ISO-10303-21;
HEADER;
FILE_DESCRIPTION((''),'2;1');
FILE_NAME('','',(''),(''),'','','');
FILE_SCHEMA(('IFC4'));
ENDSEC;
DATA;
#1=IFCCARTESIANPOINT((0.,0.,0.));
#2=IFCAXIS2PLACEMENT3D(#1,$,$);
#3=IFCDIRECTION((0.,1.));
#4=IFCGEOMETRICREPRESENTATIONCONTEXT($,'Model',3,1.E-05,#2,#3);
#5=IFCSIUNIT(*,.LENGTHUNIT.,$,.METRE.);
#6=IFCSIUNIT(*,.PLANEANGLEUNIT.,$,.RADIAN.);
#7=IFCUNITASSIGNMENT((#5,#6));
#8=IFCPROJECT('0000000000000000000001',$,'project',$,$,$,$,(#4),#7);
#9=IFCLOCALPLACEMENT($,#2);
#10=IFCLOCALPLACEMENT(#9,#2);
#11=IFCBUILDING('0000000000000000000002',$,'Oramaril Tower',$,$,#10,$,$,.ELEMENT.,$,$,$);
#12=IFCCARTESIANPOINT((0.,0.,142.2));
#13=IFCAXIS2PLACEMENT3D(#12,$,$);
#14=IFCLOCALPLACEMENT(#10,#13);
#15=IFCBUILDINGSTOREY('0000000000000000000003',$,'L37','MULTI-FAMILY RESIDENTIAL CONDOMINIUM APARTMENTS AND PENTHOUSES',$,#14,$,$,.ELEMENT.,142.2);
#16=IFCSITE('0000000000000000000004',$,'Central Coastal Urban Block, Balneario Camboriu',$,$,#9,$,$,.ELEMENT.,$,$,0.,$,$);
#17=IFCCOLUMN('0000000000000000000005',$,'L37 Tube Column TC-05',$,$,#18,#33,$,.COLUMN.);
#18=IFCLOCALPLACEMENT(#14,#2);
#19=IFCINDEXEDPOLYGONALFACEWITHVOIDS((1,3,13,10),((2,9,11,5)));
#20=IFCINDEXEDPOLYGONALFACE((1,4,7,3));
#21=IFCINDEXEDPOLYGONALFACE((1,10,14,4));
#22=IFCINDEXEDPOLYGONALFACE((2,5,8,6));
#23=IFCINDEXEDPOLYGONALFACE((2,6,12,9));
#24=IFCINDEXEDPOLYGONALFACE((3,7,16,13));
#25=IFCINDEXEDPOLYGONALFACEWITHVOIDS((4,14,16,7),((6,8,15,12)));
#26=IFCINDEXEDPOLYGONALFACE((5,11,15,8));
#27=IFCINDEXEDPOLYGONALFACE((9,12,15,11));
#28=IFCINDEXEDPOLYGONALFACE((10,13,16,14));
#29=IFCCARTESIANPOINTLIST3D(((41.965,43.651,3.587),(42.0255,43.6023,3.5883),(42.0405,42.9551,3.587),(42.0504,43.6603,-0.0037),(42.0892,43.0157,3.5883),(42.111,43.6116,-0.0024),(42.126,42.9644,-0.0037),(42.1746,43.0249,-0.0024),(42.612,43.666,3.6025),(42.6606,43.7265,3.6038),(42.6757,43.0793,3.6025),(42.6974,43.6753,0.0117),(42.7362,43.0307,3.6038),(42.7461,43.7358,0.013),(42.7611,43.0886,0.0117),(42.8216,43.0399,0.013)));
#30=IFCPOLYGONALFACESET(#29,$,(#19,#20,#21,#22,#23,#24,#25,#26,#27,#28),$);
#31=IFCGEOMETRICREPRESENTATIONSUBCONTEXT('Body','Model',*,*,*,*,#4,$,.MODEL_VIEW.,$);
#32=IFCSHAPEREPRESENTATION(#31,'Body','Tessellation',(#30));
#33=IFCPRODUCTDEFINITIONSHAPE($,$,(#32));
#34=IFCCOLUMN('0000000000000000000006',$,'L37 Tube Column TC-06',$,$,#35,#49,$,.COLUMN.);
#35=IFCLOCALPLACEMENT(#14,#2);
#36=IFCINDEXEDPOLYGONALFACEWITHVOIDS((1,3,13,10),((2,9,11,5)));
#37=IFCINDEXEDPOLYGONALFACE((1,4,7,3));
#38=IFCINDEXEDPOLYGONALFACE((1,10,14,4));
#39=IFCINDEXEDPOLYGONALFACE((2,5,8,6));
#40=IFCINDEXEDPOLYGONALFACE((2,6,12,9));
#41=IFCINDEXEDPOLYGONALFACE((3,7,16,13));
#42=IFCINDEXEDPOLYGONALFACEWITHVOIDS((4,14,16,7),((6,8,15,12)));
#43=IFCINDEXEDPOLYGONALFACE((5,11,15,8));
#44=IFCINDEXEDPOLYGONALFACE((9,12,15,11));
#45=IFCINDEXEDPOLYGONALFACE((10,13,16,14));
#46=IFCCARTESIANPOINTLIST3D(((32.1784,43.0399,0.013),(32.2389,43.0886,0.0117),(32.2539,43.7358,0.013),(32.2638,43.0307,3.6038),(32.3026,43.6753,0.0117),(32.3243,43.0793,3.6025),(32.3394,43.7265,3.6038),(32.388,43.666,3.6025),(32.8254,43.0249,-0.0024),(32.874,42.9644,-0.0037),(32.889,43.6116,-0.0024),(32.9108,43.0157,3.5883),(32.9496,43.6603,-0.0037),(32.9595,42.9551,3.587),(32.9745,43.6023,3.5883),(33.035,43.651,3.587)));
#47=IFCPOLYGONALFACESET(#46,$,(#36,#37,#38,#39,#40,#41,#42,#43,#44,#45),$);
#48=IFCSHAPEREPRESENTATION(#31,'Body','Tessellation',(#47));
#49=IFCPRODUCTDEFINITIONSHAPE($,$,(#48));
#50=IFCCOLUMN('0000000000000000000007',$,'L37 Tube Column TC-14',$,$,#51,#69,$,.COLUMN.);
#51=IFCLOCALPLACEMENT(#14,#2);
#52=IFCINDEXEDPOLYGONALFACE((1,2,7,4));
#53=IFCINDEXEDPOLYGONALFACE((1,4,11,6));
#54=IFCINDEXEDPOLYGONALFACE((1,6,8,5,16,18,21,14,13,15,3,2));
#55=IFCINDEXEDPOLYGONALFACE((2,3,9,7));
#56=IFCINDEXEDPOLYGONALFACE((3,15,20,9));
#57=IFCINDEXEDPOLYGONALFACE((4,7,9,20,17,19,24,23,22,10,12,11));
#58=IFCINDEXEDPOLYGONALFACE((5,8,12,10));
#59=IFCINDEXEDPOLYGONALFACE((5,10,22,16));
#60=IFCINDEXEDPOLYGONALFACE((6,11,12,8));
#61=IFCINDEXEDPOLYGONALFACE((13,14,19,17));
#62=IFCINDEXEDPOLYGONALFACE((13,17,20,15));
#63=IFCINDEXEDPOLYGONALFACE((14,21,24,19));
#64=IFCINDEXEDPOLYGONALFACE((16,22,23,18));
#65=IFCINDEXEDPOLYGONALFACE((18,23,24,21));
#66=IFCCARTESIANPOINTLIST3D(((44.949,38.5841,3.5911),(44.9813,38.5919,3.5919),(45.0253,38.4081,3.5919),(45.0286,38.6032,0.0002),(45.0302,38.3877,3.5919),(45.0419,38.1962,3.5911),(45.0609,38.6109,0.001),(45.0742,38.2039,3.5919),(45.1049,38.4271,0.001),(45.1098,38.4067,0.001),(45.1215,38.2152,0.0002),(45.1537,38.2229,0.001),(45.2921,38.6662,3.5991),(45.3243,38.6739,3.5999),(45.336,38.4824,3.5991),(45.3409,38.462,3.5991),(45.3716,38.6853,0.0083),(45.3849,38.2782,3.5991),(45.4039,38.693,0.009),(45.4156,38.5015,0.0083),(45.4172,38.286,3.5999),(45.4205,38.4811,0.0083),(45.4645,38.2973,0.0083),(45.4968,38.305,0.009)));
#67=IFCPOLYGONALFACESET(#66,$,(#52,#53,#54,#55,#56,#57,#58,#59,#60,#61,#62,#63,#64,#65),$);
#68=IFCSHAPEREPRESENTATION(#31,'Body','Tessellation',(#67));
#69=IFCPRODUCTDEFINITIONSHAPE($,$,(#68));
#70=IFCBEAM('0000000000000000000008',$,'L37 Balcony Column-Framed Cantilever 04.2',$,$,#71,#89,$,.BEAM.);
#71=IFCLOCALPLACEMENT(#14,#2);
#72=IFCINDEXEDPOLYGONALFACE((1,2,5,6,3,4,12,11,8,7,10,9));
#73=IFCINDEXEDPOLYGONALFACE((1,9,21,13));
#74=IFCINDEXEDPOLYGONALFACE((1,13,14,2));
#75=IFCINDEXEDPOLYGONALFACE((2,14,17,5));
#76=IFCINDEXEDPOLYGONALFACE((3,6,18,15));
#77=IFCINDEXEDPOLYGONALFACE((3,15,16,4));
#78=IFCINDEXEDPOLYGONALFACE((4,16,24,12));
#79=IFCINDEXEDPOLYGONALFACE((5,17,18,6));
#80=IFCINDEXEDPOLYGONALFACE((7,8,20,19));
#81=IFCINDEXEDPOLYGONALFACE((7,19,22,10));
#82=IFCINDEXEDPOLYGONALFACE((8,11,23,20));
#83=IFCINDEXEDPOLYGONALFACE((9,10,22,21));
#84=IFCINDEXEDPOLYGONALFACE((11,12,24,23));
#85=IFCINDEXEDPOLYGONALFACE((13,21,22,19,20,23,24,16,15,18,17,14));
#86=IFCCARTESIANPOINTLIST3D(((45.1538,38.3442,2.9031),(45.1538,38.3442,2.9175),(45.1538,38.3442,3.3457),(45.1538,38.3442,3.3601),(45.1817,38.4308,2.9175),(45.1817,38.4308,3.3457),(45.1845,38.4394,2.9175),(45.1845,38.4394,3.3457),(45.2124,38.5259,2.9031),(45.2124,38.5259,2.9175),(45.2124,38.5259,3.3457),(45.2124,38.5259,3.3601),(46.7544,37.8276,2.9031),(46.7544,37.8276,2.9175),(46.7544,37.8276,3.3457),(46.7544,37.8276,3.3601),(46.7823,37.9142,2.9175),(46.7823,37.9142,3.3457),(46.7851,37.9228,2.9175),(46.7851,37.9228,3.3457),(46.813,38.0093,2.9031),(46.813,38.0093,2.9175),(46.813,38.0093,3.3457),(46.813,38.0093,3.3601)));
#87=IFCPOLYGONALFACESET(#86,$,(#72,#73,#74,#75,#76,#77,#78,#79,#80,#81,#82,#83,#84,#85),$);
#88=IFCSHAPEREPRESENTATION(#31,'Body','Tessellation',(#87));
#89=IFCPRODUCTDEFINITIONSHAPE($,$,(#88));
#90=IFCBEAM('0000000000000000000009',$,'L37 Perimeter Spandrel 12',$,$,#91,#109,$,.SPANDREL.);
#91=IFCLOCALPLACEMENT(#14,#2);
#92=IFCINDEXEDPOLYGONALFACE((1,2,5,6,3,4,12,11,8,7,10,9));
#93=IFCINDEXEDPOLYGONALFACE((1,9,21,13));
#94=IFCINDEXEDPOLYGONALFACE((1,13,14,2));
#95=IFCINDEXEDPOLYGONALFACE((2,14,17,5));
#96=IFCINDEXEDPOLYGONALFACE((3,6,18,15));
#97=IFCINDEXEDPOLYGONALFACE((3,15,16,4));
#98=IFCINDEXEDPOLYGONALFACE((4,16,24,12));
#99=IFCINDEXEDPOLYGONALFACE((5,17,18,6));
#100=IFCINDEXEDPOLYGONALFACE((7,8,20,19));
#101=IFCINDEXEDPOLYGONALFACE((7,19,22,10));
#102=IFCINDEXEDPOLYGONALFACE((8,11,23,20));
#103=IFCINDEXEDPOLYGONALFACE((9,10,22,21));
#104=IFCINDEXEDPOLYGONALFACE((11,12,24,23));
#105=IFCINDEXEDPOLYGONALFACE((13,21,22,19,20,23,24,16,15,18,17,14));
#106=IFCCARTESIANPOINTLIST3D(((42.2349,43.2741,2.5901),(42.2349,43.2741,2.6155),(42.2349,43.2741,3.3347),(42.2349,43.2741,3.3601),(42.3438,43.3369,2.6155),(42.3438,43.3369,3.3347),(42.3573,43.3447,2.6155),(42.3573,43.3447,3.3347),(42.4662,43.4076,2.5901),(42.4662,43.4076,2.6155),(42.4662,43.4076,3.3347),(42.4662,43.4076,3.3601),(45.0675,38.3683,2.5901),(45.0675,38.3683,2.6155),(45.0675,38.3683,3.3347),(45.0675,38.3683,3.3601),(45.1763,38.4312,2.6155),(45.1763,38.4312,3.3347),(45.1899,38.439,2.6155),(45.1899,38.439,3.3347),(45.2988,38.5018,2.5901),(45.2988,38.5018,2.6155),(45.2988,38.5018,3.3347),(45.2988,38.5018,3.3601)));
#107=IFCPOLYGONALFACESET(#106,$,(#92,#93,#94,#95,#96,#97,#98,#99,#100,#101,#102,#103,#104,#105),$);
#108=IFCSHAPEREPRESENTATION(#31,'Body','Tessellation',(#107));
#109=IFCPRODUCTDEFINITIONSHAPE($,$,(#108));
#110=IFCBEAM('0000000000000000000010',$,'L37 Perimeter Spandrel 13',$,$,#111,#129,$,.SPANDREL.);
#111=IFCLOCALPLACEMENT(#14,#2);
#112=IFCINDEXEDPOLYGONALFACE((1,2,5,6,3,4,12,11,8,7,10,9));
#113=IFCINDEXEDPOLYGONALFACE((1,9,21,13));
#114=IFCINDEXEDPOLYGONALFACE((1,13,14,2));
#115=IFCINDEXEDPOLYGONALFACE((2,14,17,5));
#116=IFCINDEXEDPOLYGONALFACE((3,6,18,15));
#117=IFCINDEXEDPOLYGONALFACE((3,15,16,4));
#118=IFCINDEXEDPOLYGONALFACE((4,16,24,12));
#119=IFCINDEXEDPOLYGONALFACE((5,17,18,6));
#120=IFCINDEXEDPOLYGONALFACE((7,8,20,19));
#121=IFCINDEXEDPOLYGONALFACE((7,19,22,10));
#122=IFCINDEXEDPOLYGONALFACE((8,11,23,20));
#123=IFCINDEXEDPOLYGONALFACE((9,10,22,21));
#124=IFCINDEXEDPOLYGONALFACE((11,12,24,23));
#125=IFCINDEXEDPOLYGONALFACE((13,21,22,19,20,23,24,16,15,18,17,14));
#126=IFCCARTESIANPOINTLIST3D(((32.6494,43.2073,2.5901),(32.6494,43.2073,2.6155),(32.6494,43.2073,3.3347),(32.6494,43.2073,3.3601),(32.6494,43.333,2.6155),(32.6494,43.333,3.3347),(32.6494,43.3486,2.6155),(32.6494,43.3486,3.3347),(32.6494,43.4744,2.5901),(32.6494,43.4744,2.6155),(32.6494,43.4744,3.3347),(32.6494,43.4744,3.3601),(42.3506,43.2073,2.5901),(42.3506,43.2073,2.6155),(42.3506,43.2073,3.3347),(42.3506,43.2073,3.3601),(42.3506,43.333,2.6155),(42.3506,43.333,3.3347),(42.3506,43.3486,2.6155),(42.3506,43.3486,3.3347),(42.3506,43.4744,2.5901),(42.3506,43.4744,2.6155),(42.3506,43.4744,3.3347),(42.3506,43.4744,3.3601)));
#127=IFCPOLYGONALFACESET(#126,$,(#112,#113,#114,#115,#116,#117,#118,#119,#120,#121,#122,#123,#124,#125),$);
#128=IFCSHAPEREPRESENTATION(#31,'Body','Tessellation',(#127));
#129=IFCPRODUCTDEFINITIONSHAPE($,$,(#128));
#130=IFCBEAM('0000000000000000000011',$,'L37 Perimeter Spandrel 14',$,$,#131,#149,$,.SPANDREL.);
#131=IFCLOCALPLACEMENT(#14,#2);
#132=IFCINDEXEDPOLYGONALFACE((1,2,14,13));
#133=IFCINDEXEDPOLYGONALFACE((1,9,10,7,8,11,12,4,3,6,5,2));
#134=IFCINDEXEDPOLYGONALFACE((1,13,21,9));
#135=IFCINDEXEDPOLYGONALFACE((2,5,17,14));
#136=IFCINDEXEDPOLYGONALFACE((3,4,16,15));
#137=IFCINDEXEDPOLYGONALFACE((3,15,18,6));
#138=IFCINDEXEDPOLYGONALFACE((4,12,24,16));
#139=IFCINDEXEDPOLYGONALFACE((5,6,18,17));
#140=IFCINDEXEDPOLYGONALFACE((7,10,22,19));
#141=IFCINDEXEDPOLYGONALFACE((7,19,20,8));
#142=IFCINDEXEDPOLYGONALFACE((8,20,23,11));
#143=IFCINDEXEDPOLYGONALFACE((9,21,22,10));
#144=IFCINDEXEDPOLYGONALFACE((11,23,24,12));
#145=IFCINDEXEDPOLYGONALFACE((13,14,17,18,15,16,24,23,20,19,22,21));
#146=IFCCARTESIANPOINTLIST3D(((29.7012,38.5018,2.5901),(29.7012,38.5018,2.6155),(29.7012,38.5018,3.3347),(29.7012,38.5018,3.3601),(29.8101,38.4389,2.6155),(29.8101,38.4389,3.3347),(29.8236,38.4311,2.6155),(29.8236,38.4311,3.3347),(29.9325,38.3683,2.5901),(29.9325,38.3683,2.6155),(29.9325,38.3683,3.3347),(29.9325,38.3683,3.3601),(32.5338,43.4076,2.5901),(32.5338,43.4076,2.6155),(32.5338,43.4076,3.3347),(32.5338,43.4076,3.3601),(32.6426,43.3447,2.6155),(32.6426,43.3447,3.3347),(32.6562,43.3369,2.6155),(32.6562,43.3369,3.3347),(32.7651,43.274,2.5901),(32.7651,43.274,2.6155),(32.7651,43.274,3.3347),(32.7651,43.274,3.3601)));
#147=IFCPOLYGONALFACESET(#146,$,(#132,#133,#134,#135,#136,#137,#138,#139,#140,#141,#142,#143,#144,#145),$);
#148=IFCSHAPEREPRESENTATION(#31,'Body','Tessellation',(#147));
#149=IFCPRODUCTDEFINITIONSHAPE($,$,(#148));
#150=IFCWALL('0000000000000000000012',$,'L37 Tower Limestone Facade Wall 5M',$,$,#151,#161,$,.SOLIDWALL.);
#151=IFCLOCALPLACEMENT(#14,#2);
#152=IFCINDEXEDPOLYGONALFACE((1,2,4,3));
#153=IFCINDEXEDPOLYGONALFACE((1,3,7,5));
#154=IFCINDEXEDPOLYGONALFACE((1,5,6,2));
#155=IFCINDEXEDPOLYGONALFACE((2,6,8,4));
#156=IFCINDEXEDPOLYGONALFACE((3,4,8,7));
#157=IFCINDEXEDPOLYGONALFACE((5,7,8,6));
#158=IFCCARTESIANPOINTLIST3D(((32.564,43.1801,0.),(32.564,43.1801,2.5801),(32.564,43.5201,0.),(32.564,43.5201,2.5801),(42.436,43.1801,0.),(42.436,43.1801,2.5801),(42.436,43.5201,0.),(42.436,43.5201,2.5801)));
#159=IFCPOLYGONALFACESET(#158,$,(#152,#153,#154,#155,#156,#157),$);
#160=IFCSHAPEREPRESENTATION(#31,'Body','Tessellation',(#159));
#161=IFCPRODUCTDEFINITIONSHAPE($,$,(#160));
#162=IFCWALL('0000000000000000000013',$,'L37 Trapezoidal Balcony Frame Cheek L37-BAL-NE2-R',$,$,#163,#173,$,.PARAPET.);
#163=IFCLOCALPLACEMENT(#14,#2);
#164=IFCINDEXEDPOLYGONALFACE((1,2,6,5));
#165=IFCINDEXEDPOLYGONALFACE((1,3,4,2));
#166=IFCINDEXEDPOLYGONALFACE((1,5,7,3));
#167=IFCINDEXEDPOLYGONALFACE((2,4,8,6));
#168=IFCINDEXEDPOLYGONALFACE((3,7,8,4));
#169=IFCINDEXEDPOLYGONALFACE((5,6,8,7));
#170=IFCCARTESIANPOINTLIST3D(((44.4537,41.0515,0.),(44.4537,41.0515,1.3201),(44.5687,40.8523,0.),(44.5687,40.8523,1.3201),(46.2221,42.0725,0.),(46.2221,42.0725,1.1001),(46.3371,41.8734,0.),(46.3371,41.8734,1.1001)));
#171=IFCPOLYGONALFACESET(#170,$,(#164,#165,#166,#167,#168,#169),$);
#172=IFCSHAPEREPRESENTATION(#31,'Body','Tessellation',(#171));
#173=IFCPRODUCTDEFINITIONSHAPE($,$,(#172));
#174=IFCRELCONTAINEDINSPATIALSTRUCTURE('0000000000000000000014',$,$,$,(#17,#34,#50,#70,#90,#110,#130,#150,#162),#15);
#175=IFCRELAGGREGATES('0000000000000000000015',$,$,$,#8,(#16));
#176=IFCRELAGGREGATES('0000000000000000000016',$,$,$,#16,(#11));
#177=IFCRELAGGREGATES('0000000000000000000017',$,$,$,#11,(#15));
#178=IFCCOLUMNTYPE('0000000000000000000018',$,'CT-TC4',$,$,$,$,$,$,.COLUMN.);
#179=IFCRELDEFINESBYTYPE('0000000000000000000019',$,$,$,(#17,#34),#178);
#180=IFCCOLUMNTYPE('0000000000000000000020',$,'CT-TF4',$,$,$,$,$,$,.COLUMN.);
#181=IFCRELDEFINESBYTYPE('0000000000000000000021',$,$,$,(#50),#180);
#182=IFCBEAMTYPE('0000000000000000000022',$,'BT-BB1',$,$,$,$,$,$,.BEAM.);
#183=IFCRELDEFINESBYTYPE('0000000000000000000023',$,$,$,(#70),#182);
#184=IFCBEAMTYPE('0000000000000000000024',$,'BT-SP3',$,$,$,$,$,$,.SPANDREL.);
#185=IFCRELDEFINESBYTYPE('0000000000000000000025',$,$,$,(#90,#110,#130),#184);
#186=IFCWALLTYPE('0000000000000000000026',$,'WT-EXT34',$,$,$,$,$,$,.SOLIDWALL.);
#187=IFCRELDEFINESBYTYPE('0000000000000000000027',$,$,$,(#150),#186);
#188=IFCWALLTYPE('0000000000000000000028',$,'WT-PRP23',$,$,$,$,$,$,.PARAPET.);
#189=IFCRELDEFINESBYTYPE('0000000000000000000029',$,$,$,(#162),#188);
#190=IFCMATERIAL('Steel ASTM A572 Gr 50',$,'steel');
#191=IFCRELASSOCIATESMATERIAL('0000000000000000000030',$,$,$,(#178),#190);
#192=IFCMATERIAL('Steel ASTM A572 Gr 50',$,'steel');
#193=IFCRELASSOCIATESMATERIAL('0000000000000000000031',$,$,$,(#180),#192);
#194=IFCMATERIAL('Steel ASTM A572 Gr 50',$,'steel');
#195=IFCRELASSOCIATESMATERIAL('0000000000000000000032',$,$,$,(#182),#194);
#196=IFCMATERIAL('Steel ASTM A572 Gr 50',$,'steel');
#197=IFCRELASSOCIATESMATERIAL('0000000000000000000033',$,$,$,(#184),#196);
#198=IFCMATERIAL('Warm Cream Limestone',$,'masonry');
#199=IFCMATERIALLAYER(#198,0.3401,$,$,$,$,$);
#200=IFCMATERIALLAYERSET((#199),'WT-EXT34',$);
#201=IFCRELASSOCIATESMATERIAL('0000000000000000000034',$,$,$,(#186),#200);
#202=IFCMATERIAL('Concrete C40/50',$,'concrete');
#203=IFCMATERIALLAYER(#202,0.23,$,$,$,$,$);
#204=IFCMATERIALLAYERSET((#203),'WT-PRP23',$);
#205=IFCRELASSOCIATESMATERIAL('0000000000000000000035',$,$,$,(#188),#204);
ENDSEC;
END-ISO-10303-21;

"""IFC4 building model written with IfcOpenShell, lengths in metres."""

from ifc_helpers import new_model, si_unit, direction, frame, frame_2d, origin, origin_2d, place, context, subcontext, project, spatial, polyline, rectangle, hollow_rectangle, i_section, outline, extrude, material, layer, layer_set, material_profile, profile_set, type_object, element, save


model = new_model("IFC4")

# Units and contexts
model_context = context("Model", 3, precision=1e-05, world=origin(), true_north=direction((0.0, 1.0)))
body_context = subcontext(model_context, "Body", "Model", "MODEL_VIEW")
ifc_project = project(units=[si_unit("LENGTHUNIT", "METRE"), si_unit("PLANEANGLEUNIT", "RADIAN")], contexts=[model_context])

# Site, building, storey
site_placement = place(None, origin())
site = spatial("IfcSite", under=ifc_project, at=site_placement, Name="Central Coastal Urban Block, Balneario Camboriu", CompositionType="ELEMENT", RefElevation=0.0)
building_placement = place(site_placement, origin())
building = spatial("IfcBuilding", under=site, at=building_placement, Name="Oramaril Tower", CompositionType="ELEMENT")
storey_placement = place(building_placement, frame((0.0, 0.0, 142.2)))
storey = spatial("IfcBuildingStorey", under=building, at=storey_placement, Name="L37", Description="MULTI-FAMILY RESIDENTIAL CONDOMINIUM APARTMENTS AND PENTHOUSES", CompositionType="ELEMENT", Elevation=142.2)

# Columns
ifc_material_1 = material(Name="Steel ASTM A572 Gr 50", Category="steel")
ifc_material_profile_1 = material_profile(ifc_material_1, hollow_rectangle(XDim=0.7, YDim=0.7, WallThickness=0.0549, at=origin_2d()), Name="BOX700X700X55")
ifc_profile_set_1 = profile_set([ifc_material_profile_1], Name="Steel ASTM A572 Gr 50")
column_type_1 = type_object("IfcColumnType", Name="CT-TC4", PredefinedType="COLUMN", material=ifc_profile_set_1)
for number, where, z_axis, x_axis, name in (
    (1, (42.436, 43.3501, 0.0046), (-0.02379, -0.002583, 0.999714), (0.107937, -0.994158, 0.0), "L37 Tube Column TC-05"),
    (2, (32.564, 43.3501, 0.0046), (0.02379, -0.002583, 0.999714), (0.107937, 0.994158, 0.0), "L37 Tube Column TC-06"),
):
    element("IfcColumn", number, at=place(storey_placement, frame(where, z_axis=z_axis, x_axis=x_axis)), inside=storey, type_object=column_type_1, Name=name, PredefinedType="COLUMN", context=body_context, shape_type="SweptSolid", body=[
        extrude(hollow_rectangle(XDim=0.7, YDim=0.7, WallThickness=0.0549, at=origin_2d()), origin(), (0.0, 0.0, 1.0), 3.5918),
    ])
ifc_material_2 = material(Name="Steel ASTM A572 Gr 50", Category="steel")
ifc_material_profile_2 = material_profile(ifc_material_2, i_section(OverallWidth=0.3989, OverallDepth=0.386, WebThickness=0.021, FlangeThickness=0.0332, at=origin_2d()), Name="W14X176")
ifc_profile_set_2 = profile_set([ifc_material_profile_2], Name="Steel ASTM A572 Gr 50")
column_type_2 = type_object("IfcColumnType", Name="CT-TF4", PredefinedType="COLUMN", material=ifc_profile_set_2)
column_placement = place(storey_placement, frame((45.2627, 38.4541, 0.0046), z_axis=(-0.022159, -0.005302, 0.99974), x_axis=(0.232696, -0.97255, 0.0)))
element("IfcColumn", 3, at=column_placement, inside=storey, type_object=column_type_2, Name="L37 Tube Column TC-14", PredefinedType="COLUMN", context=body_context, shape_type="SweptSolid", body=[
    extrude(i_section(OverallWidth=0.3989, OverallDepth=0.386, WebThickness=0.021, FlangeThickness=0.0332, at=origin_2d()), origin(), (0.0, 0.0, 1.0), 3.5918),
])

# Beams
ifc_material_3 = material(Name="Steel ASTM A572 Gr 50", Category="steel")
ifc_material_profile_3 = material_profile(ifc_material_3, i_section(OverallWidth=0.1909, OverallDepth=0.457, WebThickness=0.009, FlangeThickness=0.0144, at=origin_2d()), Name="W18X50")
ifc_profile_set_3 = profile_set([ifc_material_profile_3], Name="Steel ASTM A572 Gr 50")
beam_type_1 = type_object("IfcBeamType", Name="BT-BB1", PredefinedType="BEAM", material=ifc_profile_set_3)
beam_1_placement = place(storey_placement, frame((45.1831, 38.4351, 3.1316), z_axis=(0.951659, -0.307155, 0.0), x_axis=(0.307155, 0.951659, 0.0)))
element("IfcBeam", 4, at=beam_1_placement, inside=storey, type_object=beam_type_1, Name="L37 Balcony Column-Framed Cantilever 04.2", PredefinedType="BEAM", context=body_context, shape_type="SweptSolid", body=[
    extrude(i_section(OverallWidth=0.1909, OverallDepth=0.457, WebThickness=0.009, FlangeThickness=0.0144, at=origin_2d()), origin(), (0.0, 0.0, 1.0), 1.6819),
])
ifc_material_4 = material(Name="Steel ASTM A572 Gr 50", Category="steel")
ifc_material_profile_4 = material_profile(ifc_material_4, i_section(OverallWidth=0.2671, OverallDepth=0.77, WebThickness=0.0156, FlangeThickness=0.0254, at=origin_2d()), Name="W30X132")
ifc_profile_set_4 = profile_set([ifc_material_profile_4], Name="Steel ASTM A572 Gr 50")
beam_type_2 = type_object("IfcBeamType", Name="BT-SP3", PredefinedType="SPANDREL", material=ifc_profile_set_4)
beam_2_placement = place(storey_placement, frame((45.1831, 38.4351, 2.9751), z_axis=(-0.500023, 0.866012, 0.0), x_axis=(-0.866012, -0.500023, 0.0)))
element("IfcBeam", 5, at=beam_2_placement, inside=storey, type_object=beam_type_2, Name="L37 Perimeter Spandrel 12", PredefinedType="SPANDREL", context=body_context, shape_type="SweptSolid", body=[
    extrude(i_section(OverallWidth=0.2671, OverallDepth=0.77, WebThickness=0.0156, FlangeThickness=0.0254, at=origin_2d()), origin(), (0.0, 0.0, 1.0), 5.6648),
])
beam_3_placement = place(storey_placement, frame((42.3506, 43.3408, 2.9751), z_axis=(-1.0, 0.0, 0.0), x_axis=(0.0, -1.0, 0.0)))
element("IfcBeam", 6, at=beam_3_placement, inside=storey, type_object=beam_type_2, Name="L37 Perimeter Spandrel 13", PredefinedType="SPANDREL", context=body_context, shape_type="SweptSolid", body=[
    extrude(i_section(OverallWidth=0.2671, OverallDepth=0.77, WebThickness=0.0156, FlangeThickness=0.0254, at=origin_2d()), origin(), (0.0, 0.0, 1.0), 9.7012),
])
beam_4_placement = place(storey_placement, frame((32.6494, 43.3408, 2.9751), z_axis=(-0.500023, -0.866012, 0.0), x_axis=(0.866012, -0.500023, 0.0)))
element("IfcBeam", 7, at=beam_4_placement, inside=storey, type_object=beam_type_2, Name="L37 Perimeter Spandrel 14", PredefinedType="SPANDREL", context=body_context, shape_type="SweptSolid", body=[
    extrude(i_section(OverallWidth=0.2671, OverallDepth=0.77, WebThickness=0.0156, FlangeThickness=0.0254, at=origin_2d()), origin(), (0.0, 0.0, 1.0), 5.6648),
])

# Wall
ifc_material_5 = material(Name="Warm Cream Limestone", Category="masonry")
ifc_layer_1 = layer(ifc_material_5, 0.3401)
ifc_layer_set_1 = layer_set([ifc_layer_1], Name="WT-EXT34")
wall_type_1 = type_object("IfcWallType", Name="WT-EXT34", PredefinedType="SOLIDWALL", material=ifc_layer_set_1)
wall_1_placement = place(storey_placement, frame((42.436, 43.3501, 0.0), z_axis=(0.0, 0.0, 1.0), x_axis=(-1.0, 0.0, 0.0)))
element("IfcWall", 8, at=wall_1_placement, inside=storey, type_object=wall_type_1, Name="L37 Tower Limestone Facade Wall 5M", PredefinedType="SOLIDWALL", context=body_context, shape_type="SweptSolid", body=[
    extrude(rectangle(XDim=9.8721, YDim=0.3401, at=frame_2d((4.936, 0.0))), origin(), (0.0, 0.0, 1.0), 2.5801),
])

# Wall
ifc_material_6 = material(Name="Concrete C40/50", Category="concrete")
ifc_layer_2 = layer(ifc_material_6, 0.23)
ifc_layer_set_2 = layer_set([ifc_layer_2], Name="WT-PRP23")
wall_type_2 = type_object("IfcWallType", Name="WT-PRP23", PredefinedType="PARAPET", material=ifc_layer_set_2)
wall_2_placement = place(storey_placement, frame((44.5112, 40.9519, 0.0), z_axis=(0.0, 0.0, 1.0), x_axis=(0.866012, 0.500023, 0.0)))
element("IfcWall", 9, at=wall_2_placement, inside=storey, type_object=wall_type_2, Name="L37 Trapezoidal Balcony Frame Cheek L37-BAL-NE2-R", PredefinedType="PARAPET", context=body_context, shape_type="SweptSolid", body=[
    extrude(outline(polyline([(0.0, 0.0), (2.042, 0.0), (2.042, 1.1001), (0.0, 1.3201), (0.0, 0.0)])), frame((0.0, 0.115, 0.0), z_axis=(0.0, -1.0, 0.0), x_axis=(1.0, 0.0, 0.0)), (0.0, 0.0, 1.0), 0.23),
])

save(model, "model.ifc")
